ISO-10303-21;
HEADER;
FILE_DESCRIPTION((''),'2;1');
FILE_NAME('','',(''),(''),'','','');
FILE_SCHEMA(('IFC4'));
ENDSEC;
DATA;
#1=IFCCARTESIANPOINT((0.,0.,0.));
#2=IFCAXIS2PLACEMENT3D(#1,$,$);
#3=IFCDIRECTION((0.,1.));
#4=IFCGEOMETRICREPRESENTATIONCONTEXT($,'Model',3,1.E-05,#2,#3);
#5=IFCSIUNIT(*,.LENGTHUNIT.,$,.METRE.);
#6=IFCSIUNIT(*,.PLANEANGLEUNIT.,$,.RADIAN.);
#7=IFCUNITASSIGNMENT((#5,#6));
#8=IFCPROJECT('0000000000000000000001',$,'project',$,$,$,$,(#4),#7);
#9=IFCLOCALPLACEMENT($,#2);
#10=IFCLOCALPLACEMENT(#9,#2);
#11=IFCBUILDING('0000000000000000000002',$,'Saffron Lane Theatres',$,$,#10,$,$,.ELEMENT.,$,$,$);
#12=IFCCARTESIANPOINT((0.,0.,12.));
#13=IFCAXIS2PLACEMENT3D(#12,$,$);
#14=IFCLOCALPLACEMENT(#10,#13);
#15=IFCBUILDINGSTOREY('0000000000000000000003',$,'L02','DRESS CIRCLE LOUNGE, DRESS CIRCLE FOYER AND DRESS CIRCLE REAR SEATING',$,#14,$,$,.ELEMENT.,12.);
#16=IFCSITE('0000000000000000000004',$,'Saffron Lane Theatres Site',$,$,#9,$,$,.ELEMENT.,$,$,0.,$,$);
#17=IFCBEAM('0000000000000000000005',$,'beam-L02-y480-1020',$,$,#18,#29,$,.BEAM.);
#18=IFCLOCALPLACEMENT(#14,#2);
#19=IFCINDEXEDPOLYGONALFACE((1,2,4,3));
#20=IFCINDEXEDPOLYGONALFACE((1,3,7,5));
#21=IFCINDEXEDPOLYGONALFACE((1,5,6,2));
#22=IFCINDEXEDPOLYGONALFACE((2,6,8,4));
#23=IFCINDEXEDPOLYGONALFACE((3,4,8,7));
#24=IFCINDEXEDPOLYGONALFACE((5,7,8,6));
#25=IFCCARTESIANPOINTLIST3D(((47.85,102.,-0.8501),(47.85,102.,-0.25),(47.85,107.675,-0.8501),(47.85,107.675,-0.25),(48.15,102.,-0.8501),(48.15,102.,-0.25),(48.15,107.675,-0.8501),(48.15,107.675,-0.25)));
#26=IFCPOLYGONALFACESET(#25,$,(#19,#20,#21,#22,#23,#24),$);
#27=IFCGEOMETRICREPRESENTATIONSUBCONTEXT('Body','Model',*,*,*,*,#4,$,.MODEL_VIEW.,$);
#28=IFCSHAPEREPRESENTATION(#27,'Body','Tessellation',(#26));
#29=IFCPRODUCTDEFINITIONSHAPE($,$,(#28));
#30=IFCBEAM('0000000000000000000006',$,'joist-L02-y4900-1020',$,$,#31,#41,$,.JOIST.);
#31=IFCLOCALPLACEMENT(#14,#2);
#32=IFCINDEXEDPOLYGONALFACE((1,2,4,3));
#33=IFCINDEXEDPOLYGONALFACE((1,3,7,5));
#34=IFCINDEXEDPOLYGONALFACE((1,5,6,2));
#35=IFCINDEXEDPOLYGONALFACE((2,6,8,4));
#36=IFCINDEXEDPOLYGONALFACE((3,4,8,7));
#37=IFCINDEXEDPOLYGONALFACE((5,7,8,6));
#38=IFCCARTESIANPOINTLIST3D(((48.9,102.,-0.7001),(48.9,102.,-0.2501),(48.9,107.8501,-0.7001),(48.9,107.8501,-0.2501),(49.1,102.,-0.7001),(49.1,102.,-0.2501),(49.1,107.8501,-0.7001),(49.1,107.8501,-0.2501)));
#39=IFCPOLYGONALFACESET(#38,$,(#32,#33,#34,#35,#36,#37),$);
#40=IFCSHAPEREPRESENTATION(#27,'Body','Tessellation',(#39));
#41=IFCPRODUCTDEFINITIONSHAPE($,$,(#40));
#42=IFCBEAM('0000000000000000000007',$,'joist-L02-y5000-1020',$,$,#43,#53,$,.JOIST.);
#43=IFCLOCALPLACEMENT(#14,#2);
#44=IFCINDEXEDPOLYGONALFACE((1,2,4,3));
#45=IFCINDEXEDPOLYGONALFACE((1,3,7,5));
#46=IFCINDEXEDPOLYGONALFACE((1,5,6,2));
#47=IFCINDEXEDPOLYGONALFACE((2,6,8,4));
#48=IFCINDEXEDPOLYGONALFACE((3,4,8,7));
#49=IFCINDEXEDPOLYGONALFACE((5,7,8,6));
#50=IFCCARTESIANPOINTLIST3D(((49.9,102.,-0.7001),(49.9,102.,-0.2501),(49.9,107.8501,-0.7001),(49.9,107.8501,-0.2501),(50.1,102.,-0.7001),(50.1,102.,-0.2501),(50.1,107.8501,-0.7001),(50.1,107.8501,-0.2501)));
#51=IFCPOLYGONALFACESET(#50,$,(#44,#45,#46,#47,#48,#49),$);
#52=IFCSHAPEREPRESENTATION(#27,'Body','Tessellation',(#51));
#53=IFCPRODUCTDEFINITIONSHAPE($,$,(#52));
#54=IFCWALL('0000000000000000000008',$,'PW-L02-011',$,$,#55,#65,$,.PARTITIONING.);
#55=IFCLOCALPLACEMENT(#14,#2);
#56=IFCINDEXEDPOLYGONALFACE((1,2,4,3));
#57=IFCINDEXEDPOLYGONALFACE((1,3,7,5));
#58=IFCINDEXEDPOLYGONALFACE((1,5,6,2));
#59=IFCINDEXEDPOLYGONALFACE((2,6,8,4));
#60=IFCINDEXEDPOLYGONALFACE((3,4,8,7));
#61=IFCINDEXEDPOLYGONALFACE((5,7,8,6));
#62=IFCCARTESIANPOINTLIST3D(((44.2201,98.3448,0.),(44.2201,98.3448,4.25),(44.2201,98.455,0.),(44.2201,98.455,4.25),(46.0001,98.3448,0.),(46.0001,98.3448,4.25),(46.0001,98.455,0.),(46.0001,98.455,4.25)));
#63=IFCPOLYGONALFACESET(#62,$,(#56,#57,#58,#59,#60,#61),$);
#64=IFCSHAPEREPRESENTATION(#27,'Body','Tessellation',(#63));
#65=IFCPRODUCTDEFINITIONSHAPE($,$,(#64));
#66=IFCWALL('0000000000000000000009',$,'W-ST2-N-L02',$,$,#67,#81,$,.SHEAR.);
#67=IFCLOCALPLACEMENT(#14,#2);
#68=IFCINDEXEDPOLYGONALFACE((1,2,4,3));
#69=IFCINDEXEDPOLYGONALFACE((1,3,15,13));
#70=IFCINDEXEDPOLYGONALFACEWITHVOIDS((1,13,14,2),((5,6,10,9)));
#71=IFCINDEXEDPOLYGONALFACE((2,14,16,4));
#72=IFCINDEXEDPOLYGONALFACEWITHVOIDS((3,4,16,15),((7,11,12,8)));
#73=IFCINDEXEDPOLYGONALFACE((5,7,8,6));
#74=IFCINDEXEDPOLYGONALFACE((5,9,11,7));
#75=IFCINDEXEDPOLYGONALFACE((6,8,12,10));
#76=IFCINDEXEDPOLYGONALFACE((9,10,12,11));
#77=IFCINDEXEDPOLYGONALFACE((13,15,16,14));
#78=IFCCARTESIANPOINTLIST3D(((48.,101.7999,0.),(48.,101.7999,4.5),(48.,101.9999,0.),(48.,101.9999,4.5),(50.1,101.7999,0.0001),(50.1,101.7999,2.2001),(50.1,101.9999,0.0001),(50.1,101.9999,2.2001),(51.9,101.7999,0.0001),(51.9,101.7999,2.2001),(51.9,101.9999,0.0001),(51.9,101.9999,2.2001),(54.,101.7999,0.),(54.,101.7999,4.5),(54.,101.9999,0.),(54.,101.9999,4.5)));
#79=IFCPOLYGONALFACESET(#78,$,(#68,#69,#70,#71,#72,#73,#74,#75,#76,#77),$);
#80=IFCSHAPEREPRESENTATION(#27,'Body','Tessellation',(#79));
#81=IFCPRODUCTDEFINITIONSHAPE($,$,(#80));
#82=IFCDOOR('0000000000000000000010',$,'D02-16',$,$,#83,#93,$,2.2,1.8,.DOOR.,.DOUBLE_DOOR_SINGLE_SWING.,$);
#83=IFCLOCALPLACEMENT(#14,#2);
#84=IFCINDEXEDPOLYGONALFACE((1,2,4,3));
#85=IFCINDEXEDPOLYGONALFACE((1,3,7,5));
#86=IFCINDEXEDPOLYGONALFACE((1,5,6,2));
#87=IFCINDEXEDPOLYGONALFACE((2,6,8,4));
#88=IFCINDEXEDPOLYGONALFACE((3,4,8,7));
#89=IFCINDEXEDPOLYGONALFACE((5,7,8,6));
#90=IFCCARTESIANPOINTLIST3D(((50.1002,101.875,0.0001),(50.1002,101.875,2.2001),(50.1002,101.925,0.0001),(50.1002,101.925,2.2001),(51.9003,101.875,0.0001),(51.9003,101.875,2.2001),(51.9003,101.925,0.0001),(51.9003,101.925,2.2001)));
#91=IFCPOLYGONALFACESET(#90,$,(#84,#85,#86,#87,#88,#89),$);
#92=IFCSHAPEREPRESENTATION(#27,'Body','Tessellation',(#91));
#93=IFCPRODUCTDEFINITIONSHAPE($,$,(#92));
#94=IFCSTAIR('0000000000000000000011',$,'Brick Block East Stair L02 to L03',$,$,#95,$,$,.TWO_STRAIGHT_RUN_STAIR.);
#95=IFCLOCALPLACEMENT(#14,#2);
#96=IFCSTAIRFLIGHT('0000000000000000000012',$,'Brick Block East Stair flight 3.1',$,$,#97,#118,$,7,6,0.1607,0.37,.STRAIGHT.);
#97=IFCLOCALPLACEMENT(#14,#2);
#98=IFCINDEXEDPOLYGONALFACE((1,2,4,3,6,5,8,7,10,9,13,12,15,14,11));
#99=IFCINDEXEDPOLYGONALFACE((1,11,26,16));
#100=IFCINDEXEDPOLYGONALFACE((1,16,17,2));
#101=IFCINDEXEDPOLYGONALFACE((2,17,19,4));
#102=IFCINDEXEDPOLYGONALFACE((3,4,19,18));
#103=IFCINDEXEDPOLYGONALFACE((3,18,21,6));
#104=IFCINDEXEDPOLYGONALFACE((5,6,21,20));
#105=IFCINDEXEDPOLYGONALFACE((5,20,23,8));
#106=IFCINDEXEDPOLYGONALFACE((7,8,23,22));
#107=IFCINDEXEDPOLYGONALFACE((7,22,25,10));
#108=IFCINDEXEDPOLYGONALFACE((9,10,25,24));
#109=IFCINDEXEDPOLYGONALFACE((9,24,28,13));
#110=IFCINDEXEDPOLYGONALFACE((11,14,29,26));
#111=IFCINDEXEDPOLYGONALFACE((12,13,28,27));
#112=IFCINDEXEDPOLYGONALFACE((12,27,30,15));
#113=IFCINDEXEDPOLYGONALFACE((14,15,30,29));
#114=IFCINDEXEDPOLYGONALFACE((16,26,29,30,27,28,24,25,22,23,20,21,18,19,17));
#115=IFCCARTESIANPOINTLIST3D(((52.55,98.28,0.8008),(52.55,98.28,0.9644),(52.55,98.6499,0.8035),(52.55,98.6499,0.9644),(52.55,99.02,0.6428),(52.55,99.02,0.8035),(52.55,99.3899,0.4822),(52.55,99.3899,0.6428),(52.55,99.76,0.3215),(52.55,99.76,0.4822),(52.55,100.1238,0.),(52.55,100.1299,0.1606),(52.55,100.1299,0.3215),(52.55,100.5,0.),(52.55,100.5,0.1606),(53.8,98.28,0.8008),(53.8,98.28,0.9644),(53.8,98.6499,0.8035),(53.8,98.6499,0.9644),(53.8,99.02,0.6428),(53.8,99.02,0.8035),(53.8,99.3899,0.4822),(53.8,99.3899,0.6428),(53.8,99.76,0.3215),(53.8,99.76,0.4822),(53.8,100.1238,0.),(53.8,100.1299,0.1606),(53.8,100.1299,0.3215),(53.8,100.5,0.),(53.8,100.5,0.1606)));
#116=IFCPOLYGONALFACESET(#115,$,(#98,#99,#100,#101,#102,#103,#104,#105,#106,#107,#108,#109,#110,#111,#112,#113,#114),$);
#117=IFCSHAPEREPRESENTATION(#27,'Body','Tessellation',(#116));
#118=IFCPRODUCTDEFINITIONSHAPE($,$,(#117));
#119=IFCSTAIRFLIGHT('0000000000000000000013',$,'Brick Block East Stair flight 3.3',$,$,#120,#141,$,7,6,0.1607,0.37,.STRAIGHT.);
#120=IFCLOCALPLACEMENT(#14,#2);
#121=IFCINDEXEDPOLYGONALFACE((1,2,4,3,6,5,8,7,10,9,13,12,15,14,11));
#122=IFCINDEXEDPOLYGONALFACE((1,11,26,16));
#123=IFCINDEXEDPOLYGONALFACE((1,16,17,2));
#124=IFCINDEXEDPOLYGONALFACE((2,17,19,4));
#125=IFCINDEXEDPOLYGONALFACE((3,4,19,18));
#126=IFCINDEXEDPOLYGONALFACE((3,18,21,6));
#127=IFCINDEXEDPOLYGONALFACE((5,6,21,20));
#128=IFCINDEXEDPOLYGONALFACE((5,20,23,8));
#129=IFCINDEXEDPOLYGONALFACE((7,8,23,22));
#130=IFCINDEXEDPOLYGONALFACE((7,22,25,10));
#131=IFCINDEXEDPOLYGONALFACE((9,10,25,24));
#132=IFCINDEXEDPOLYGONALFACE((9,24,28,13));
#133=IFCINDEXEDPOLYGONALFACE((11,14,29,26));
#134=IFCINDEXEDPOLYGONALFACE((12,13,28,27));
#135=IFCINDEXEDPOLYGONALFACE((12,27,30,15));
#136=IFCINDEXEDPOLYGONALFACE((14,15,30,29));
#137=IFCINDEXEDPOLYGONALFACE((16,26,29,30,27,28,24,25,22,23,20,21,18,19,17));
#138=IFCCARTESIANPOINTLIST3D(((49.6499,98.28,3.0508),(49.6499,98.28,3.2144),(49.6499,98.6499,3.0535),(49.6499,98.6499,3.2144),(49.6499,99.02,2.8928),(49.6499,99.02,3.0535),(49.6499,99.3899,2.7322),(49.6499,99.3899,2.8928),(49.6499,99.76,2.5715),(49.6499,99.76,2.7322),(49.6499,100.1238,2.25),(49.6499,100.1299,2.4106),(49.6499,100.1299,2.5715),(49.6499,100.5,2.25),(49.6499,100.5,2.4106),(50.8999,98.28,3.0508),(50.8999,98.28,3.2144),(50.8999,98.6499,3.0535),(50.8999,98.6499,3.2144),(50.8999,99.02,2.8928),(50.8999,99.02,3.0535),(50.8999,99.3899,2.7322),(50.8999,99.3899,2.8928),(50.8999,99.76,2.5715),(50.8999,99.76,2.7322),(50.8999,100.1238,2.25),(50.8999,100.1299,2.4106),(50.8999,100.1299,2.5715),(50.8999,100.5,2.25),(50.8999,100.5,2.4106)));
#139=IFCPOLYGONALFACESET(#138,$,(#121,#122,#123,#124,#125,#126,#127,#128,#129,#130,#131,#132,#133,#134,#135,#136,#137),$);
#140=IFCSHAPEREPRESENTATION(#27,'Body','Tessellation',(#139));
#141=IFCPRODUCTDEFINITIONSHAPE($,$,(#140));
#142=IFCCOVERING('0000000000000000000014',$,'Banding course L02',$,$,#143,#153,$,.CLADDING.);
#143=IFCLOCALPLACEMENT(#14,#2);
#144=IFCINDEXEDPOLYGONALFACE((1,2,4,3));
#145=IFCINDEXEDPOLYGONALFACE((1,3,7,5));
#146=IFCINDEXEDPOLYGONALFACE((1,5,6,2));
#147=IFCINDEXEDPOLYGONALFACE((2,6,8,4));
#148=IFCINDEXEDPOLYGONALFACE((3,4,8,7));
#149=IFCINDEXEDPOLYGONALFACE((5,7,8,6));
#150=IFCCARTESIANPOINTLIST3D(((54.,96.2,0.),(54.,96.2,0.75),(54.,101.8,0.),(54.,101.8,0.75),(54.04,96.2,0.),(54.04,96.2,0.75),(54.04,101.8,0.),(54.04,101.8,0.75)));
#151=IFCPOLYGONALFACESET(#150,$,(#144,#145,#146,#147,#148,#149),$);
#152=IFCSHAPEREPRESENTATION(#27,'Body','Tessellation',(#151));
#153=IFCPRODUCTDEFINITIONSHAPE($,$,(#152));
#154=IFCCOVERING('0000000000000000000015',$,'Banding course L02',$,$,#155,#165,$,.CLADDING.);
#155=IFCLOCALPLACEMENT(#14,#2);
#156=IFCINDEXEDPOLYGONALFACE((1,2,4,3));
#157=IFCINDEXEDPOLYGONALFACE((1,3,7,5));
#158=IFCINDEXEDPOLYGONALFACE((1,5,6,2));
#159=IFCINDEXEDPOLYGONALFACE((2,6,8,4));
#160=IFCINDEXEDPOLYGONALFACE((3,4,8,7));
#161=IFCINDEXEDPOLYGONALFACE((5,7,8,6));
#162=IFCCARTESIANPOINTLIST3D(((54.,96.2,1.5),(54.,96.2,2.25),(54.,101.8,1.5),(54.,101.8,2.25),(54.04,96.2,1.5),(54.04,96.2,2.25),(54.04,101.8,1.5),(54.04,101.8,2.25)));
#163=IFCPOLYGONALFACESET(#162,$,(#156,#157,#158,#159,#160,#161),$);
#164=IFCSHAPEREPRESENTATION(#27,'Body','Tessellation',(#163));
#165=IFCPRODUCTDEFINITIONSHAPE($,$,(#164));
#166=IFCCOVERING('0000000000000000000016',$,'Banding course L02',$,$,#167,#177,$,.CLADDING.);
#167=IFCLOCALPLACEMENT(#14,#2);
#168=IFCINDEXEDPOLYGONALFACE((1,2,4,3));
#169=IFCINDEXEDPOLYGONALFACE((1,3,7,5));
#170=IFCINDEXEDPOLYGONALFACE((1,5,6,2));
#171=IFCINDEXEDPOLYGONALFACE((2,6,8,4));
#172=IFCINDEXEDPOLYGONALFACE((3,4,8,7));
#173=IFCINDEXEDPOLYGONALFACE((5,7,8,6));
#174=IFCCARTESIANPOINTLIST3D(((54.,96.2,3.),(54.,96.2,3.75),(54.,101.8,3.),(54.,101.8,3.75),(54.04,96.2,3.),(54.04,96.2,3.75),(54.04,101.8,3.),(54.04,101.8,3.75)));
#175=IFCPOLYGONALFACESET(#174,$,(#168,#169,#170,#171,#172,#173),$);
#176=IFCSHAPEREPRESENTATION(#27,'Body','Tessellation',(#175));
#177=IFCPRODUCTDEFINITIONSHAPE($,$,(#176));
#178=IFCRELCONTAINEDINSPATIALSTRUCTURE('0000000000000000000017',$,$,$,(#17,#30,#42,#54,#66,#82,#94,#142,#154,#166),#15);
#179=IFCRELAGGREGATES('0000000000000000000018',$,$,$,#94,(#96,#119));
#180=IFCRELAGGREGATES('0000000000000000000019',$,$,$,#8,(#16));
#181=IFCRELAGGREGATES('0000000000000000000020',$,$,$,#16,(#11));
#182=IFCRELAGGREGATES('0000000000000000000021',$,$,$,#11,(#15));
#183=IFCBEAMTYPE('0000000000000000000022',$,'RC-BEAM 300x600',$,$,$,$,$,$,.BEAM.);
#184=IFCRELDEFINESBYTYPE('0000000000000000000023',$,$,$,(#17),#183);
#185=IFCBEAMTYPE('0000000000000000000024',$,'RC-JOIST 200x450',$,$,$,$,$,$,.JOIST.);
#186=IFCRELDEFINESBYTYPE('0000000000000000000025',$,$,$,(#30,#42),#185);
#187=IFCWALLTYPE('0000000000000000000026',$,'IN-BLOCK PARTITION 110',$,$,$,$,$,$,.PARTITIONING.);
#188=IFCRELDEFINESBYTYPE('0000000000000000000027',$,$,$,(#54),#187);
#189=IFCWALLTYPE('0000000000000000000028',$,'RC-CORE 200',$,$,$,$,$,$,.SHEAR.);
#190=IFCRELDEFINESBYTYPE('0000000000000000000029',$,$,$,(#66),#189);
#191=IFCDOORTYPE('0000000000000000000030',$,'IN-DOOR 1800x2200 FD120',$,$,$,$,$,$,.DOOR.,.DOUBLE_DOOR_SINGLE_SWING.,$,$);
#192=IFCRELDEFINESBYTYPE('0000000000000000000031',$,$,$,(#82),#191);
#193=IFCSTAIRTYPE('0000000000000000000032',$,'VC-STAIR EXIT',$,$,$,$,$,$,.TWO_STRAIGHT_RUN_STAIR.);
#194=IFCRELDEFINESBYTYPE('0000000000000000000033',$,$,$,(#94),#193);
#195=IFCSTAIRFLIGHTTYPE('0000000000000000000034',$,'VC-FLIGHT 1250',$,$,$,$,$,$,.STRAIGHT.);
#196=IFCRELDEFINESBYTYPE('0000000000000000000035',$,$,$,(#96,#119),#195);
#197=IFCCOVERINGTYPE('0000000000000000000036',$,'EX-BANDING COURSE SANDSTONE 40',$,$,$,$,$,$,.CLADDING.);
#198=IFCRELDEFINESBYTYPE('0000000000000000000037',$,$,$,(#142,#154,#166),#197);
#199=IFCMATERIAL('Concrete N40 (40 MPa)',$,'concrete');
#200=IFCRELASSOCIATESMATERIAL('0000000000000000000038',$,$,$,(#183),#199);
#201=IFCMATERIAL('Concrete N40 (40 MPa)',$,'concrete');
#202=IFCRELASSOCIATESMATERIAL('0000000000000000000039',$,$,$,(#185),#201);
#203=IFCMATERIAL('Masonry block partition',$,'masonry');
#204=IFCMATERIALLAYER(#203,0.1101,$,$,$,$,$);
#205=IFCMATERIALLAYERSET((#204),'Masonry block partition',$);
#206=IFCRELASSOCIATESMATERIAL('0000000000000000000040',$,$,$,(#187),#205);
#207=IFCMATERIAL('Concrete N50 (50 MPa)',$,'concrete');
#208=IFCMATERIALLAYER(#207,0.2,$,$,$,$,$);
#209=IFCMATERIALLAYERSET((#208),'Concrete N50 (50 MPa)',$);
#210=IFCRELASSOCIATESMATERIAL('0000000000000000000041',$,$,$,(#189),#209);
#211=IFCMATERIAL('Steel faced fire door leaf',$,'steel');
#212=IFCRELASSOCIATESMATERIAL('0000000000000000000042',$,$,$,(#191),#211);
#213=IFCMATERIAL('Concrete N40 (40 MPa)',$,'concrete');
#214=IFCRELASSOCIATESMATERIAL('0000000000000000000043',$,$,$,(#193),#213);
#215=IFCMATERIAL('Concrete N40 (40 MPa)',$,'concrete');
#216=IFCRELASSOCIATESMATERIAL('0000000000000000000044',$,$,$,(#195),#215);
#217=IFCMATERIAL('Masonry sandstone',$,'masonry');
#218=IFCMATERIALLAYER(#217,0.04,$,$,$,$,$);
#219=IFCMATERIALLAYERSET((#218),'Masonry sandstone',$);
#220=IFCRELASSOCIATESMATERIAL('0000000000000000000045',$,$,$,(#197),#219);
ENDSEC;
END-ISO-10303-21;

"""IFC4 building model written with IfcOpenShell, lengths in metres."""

from ifc_helpers import new_model, si_unit, direction, frame, frame_2d, origin, origin_2d, place, context, subcontext, project, spatial, polyline, rectangle, outline, extrude, material, layer, layer_set, material_profile, profile_set, type_object, element, fill, aggregate, save


model = new_model("IFC4")

# Units and contexts
model_context = context("Model", 3, precision=1e-05, world=origin(), true_north=direction((0.0, 1.0)))
body_context = subcontext(model_context, "Body", "Model", "MODEL_VIEW")
ifc_project = project(units=[si_unit("LENGTHUNIT", "METRE"), si_unit("PLANEANGLEUNIT", "RADIAN")], contexts=[model_context])

# Site, building, storey
site_placement = place(None, origin())
site = spatial("IfcSite", under=ifc_project, at=site_placement, Name="Saffron Lane Theatres Site", CompositionType="ELEMENT", RefElevation=0.0)
building_placement = place(site_placement, origin())
building = spatial("IfcBuilding", under=site, at=building_placement, Name="Saffron Lane Theatres", CompositionType="ELEMENT")
storey_placement = place(building_placement, frame((0.0, 0.0, 12.0)))
storey = spatial("IfcBuildingStorey", under=building, at=storey_placement, Name="L02", Description="DRESS CIRCLE LOUNGE, DRESS CIRCLE FOYER AND DRESS CIRCLE REAR SEATING", CompositionType="ELEMENT", Elevation=12.0)

# Beams
ifc_material_1 = material(Name="Concrete N40 (40 MPa)", Category="concrete")
ifc_material_profile_1 = material_profile(ifc_material_1, rectangle(XDim=0.3, YDim=0.6001, at=origin_2d()))
ifc_profile_set_1 = profile_set([ifc_material_profile_1], Name="Concrete N40 (40 MPa)")
beam_type_1 = type_object("IfcBeamType", Name="RC-BEAM 300x600", PredefinedType="BEAM", material=ifc_profile_set_1)
beam_placement = place(storey_placement, frame((48.0, 102.0, -0.55), z_axis=(0.0, 1.0, 0.0), x_axis=(-1.0, 0.0, 0.0)))
element("IfcBeam", 1, at=beam_placement, inside=storey, type_object=beam_type_1, Name="beam-L02-y480-1020", PredefinedType="BEAM", context=body_context, shape_type="SweptSolid", body=[
    extrude(rectangle(XDim=0.3, YDim=0.6001, at=origin_2d()), origin(), (0.0, 0.0, 1.0), 5.675),
])
ifc_material_2 = material(Name="Concrete N40 (40 MPa)", Category="concrete")
ifc_material_profile_2 = material_profile(ifc_material_2, rectangle(XDim=0.2, YDim=0.45, at=origin_2d()))
ifc_profile_set_2 = profile_set([ifc_material_profile_2], Name="Concrete N40 (40 MPa)")
beam_type_2 = type_object("IfcBeamType", Name="RC-JOIST 200x450", PredefinedType="JOIST", material=ifc_profile_set_2)
for number, where, z_axis, x_axis, name in (
    (2, (49.0, 102.0, -0.4751), (0.0, 1.0, 0.0), (-1.0, 0.0, 0.0), "joist-L02-y4900-1020"),
    (3, (50.0, 102.0, -0.4751), (0.0, 1.0, 0.0), (-1.0, 0.0, 0.0), "joist-L02-y5000-1020"),
):
    element("IfcBeam", number, at=place(storey_placement, frame(where, z_axis=z_axis, x_axis=x_axis)), inside=storey, type_object=beam_type_2, Name=name, PredefinedType="JOIST", context=body_context, shape_type="SweptSolid", body=[
        extrude(rectangle(XDim=0.2, YDim=0.45, at=origin_2d()), origin(), (0.0, 0.0, 1.0), 5.8501),
    ])

# Wall
ifc_material_3 = material(Name="Masonry block partition", Category="masonry")
ifc_layer_1 = layer(ifc_material_3, 0.1101)
ifc_layer_set_1 = layer_set([ifc_layer_1], Name="Masonry block partition")
wall_type_1 = type_object("IfcWallType", Name="IN-BLOCK PARTITION 110", PredefinedType="PARTITIONING", material=ifc_layer_set_1)
wall_1_placement = place(storey_placement, frame((44.22, 98.3999, 0.0), z_axis=(0.0, 0.0, 1.0), x_axis=(1.0, 0.0, 0.0)))
element("IfcWall", 4, at=wall_1_placement, inside=storey, type_object=wall_type_1, Name="PW-L02-011", PredefinedType="PARTITIONING", context=body_context, shape_type="SweptSolid", body=[
    extrude(rectangle(XDim=1.78, YDim=0.1101, at=frame_2d((0.8901, 0.0))), origin(), (0.0, 0.0, 1.0), 4.25),
])

# Wall, opening, door
ifc_material_4 = material(Name="Concrete N50 (50 MPa)", Category="concrete")
ifc_layer_2 = layer(ifc_material_4, 0.2)
ifc_layer_set_2 = layer_set([ifc_layer_2], Name="Concrete N50 (50 MPa)")
wall_type_2 = type_object("IfcWallType", Name="RC-CORE 200", PredefinedType="SHEAR", material=ifc_layer_set_2)
wall_2_placement = place(storey_placement, frame((48.0, 101.8999, 0.0), z_axis=(0.0, 0.0, 1.0), x_axis=(1.0, 0.0, 0.0)))
wall_2 = element("IfcWall", 5, at=wall_2_placement, inside=storey, type_object=wall_type_2, Name="W-ST2-N-L02", PredefinedType="SHEAR", context=body_context, shape_type="SweptSolid", body=[
    extrude(rectangle(XDim=6.0, YDim=0.2, at=frame_2d((3.0, 0.0))), origin(), (0.0, 0.0, 1.0), 4.5),
])
opening_placement = place(wall_2_placement, frame((2.1001, 0.0, 0.0)))
opening = element("IfcOpeningElement", 6, at=opening_placement, cuts=wall_2, PredefinedType="OPENING", context=body_context, shape_type="SweptSolid", body=[
    extrude(rectangle(XDim=1.8, YDim=2.2, at=frame_2d((0.8999, 1.1001))), frame((0.0, 0.1099, 0.0), z_axis=(0.0, -1.0, 0.0), x_axis=(1.0, 0.0, 0.0)), (0.0, 0.0, 1.0), 0.22),
])
ifc_material_5 = material(Name="Steel faced fire door leaf", Category="steel")
door_type = type_object("IfcDoorType", Name="IN-DOOR 1800x2200 FD120", OperationType="DOUBLE_DOOR_SINGLE_SWING", PredefinedType="DOOR", material=ifc_material_5)
door_placement = place(opening_placement, frame((1.8, 0.0, 0.0), z_axis=(0.0, 0.0, 1.0), x_axis=(-1.0, 0.0, 0.0)))
door = element("IfcDoor", 7, at=door_placement, inside=storey, type_object=door_type, Name="D02-16", OperationType="DOUBLE_DOOR_SINGLE_SWING", OverallHeight=2.2, OverallWidth=1.8, PredefinedType="DOOR", context=body_context, shape_type="SweptSolid", body=[
    extrude(rectangle(XDim=1.8, YDim=2.2, at=frame_2d((0.8999, 1.1001))), frame((0.0, 0.0249, 0.0), z_axis=(0.0, -1.0, 0.0), x_axis=(1.0, 0.0, 0.0)), (0.0, 0.0, 1.0), 0.05),
])
fill(opening, door)

# Stair, stair flights
ifc_material_6 = material(Name="Concrete N40 (40 MPa)", Category="concrete")
stair_type = type_object("IfcStairType", Name="VC-STAIR EXIT", PredefinedType="TWO_STRAIGHT_RUN_STAIR", material=ifc_material_6)
stair_placement = place(storey_placement, origin())
stair = element("IfcStair", 8, at=stair_placement, inside=storey, type_object=stair_type, Name="Brick Block East Stair L02 to L03", PredefinedType="TWO_STRAIGHT_RUN_STAIR")
ifc_material_7 = material(Name="Concrete N40 (40 MPa)", Category="concrete")
stair_flight_type = type_object("IfcStairFlightType", Name="VC-FLIGHT 1250", PredefinedType="STRAIGHT", material=ifc_material_7)
stair_flight_1_placement = place(storey_placement, frame((53.175, 100.5, 0.0), z_axis=(0.0, 0.0, 1.0), x_axis=(0.0, -1.0, 0.0)))
stair_flight_1 = element("IfcStairFlight", 9, at=stair_flight_1_placement, type_object=stair_flight_type, Name="Brick Block East Stair flight 3.1", NumberOfRisers=7, NumberOfTreads=6, PredefinedType="STRAIGHT", RiserHeight=0.1607, TreadLength=0.37, context=body_context, shape_type="SweptSolid", body=[
    extrude(outline(polyline([(0.0, 0.0), (0.0, 0.1606), (0.3701, 0.1606), (0.3701, 0.3215), (0.74, 0.3215), (0.74, 0.4822), (1.1101, 0.4822), (1.1101, 0.6428), (1.48, 0.6428), (1.48, 0.8035), (1.8501, 0.8035), (1.8501, 0.9644), (2.22, 0.9644), (2.22, 1.125), (2.22, 0.8008), (0.3762, 0.0), (0.0, 0.0)])), frame((0.0, 0.625, 0.0), z_axis=(0.0, -1.0, 0.0), x_axis=(1.0, 0.0, 0.0)), (0.0, 0.0, 1.0), 1.25),
])
stair_flight_2_placement = place(storey_placement, frame((50.2749, 100.5, 2.25), z_axis=(0.0, 0.0, 1.0), x_axis=(0.0, -1.0, 0.0)))
stair_flight_2 = element("IfcStairFlight", 10, at=stair_flight_2_placement, type_object=stair_flight_type, Name="Brick Block East Stair flight 3.3", NumberOfRisers=7, NumberOfTreads=6, PredefinedType="STRAIGHT", RiserHeight=0.1607, TreadLength=0.37, context=body_context, shape_type="SweptSolid", body=[
    extrude(outline(polyline([(0.0, 0.0), (0.0, 0.1606), (0.3701, 0.1606), (0.3701, 0.3215), (0.74, 0.3215), (0.74, 0.4822), (1.1101, 0.4822), (1.1101, 0.6428), (1.48, 0.6428), (1.48, 0.8035), (1.8501, 0.8035), (1.8501, 0.9644), (2.22, 0.9644), (2.22, 1.125), (2.22, 0.8008), (0.3762, 0.0), (0.0, 0.0)])), frame((0.0, 0.625, 0.0), z_axis=(0.0, -1.0, 0.0), x_axis=(1.0, 0.0, 0.0)), (0.0, 0.0, 1.0), 1.25),
])
aggregate(stair, [stair_flight_1, stair_flight_2])

# Coverings
ifc_material_8 = material(Name="Masonry sandstone", Category="masonry")
ifc_layer_3 = layer(ifc_material_8, 0.04)
ifc_layer_set_3 = layer_set([ifc_layer_3], Name="Masonry sandstone")
covering_type = type_object("IfcCoveringType", Name="EX-BANDING COURSE SANDSTONE 40", PredefinedType="CLADDING", material=ifc_layer_set_3)
for number, where, z_axis, x_axis, name in (
    (11, (54.02, 99.0, 0.0), (0.0, 0.0, 1.0), (0.0, 1.0, 0.0), "Banding course L02"),
    (12, (54.02, 99.0, 1.5), (0.0, 0.0, 1.0), (0.0, 1.0, 0.0), "Banding course L02"),
    (13, (54.02, 99.0, 3.0), (0.0, 0.0, 1.0), (0.0, 1.0, 0.0), "Banding course L02"),
):
    element("IfcCovering", number, at=place(storey_placement, frame(where, z_axis=z_axis, x_axis=x_axis)), inside=storey, type_object=covering_type, Name=name, PredefinedType="CLADDING", context=body_context, shape_type="SweptSolid", body=[
        extrude(rectangle(XDim=5.6001, YDim=0.04, at=origin_2d()), origin(), (0.0, 0.0, 1.0), 0.75),
    ])

save(model, "model.ifc")
